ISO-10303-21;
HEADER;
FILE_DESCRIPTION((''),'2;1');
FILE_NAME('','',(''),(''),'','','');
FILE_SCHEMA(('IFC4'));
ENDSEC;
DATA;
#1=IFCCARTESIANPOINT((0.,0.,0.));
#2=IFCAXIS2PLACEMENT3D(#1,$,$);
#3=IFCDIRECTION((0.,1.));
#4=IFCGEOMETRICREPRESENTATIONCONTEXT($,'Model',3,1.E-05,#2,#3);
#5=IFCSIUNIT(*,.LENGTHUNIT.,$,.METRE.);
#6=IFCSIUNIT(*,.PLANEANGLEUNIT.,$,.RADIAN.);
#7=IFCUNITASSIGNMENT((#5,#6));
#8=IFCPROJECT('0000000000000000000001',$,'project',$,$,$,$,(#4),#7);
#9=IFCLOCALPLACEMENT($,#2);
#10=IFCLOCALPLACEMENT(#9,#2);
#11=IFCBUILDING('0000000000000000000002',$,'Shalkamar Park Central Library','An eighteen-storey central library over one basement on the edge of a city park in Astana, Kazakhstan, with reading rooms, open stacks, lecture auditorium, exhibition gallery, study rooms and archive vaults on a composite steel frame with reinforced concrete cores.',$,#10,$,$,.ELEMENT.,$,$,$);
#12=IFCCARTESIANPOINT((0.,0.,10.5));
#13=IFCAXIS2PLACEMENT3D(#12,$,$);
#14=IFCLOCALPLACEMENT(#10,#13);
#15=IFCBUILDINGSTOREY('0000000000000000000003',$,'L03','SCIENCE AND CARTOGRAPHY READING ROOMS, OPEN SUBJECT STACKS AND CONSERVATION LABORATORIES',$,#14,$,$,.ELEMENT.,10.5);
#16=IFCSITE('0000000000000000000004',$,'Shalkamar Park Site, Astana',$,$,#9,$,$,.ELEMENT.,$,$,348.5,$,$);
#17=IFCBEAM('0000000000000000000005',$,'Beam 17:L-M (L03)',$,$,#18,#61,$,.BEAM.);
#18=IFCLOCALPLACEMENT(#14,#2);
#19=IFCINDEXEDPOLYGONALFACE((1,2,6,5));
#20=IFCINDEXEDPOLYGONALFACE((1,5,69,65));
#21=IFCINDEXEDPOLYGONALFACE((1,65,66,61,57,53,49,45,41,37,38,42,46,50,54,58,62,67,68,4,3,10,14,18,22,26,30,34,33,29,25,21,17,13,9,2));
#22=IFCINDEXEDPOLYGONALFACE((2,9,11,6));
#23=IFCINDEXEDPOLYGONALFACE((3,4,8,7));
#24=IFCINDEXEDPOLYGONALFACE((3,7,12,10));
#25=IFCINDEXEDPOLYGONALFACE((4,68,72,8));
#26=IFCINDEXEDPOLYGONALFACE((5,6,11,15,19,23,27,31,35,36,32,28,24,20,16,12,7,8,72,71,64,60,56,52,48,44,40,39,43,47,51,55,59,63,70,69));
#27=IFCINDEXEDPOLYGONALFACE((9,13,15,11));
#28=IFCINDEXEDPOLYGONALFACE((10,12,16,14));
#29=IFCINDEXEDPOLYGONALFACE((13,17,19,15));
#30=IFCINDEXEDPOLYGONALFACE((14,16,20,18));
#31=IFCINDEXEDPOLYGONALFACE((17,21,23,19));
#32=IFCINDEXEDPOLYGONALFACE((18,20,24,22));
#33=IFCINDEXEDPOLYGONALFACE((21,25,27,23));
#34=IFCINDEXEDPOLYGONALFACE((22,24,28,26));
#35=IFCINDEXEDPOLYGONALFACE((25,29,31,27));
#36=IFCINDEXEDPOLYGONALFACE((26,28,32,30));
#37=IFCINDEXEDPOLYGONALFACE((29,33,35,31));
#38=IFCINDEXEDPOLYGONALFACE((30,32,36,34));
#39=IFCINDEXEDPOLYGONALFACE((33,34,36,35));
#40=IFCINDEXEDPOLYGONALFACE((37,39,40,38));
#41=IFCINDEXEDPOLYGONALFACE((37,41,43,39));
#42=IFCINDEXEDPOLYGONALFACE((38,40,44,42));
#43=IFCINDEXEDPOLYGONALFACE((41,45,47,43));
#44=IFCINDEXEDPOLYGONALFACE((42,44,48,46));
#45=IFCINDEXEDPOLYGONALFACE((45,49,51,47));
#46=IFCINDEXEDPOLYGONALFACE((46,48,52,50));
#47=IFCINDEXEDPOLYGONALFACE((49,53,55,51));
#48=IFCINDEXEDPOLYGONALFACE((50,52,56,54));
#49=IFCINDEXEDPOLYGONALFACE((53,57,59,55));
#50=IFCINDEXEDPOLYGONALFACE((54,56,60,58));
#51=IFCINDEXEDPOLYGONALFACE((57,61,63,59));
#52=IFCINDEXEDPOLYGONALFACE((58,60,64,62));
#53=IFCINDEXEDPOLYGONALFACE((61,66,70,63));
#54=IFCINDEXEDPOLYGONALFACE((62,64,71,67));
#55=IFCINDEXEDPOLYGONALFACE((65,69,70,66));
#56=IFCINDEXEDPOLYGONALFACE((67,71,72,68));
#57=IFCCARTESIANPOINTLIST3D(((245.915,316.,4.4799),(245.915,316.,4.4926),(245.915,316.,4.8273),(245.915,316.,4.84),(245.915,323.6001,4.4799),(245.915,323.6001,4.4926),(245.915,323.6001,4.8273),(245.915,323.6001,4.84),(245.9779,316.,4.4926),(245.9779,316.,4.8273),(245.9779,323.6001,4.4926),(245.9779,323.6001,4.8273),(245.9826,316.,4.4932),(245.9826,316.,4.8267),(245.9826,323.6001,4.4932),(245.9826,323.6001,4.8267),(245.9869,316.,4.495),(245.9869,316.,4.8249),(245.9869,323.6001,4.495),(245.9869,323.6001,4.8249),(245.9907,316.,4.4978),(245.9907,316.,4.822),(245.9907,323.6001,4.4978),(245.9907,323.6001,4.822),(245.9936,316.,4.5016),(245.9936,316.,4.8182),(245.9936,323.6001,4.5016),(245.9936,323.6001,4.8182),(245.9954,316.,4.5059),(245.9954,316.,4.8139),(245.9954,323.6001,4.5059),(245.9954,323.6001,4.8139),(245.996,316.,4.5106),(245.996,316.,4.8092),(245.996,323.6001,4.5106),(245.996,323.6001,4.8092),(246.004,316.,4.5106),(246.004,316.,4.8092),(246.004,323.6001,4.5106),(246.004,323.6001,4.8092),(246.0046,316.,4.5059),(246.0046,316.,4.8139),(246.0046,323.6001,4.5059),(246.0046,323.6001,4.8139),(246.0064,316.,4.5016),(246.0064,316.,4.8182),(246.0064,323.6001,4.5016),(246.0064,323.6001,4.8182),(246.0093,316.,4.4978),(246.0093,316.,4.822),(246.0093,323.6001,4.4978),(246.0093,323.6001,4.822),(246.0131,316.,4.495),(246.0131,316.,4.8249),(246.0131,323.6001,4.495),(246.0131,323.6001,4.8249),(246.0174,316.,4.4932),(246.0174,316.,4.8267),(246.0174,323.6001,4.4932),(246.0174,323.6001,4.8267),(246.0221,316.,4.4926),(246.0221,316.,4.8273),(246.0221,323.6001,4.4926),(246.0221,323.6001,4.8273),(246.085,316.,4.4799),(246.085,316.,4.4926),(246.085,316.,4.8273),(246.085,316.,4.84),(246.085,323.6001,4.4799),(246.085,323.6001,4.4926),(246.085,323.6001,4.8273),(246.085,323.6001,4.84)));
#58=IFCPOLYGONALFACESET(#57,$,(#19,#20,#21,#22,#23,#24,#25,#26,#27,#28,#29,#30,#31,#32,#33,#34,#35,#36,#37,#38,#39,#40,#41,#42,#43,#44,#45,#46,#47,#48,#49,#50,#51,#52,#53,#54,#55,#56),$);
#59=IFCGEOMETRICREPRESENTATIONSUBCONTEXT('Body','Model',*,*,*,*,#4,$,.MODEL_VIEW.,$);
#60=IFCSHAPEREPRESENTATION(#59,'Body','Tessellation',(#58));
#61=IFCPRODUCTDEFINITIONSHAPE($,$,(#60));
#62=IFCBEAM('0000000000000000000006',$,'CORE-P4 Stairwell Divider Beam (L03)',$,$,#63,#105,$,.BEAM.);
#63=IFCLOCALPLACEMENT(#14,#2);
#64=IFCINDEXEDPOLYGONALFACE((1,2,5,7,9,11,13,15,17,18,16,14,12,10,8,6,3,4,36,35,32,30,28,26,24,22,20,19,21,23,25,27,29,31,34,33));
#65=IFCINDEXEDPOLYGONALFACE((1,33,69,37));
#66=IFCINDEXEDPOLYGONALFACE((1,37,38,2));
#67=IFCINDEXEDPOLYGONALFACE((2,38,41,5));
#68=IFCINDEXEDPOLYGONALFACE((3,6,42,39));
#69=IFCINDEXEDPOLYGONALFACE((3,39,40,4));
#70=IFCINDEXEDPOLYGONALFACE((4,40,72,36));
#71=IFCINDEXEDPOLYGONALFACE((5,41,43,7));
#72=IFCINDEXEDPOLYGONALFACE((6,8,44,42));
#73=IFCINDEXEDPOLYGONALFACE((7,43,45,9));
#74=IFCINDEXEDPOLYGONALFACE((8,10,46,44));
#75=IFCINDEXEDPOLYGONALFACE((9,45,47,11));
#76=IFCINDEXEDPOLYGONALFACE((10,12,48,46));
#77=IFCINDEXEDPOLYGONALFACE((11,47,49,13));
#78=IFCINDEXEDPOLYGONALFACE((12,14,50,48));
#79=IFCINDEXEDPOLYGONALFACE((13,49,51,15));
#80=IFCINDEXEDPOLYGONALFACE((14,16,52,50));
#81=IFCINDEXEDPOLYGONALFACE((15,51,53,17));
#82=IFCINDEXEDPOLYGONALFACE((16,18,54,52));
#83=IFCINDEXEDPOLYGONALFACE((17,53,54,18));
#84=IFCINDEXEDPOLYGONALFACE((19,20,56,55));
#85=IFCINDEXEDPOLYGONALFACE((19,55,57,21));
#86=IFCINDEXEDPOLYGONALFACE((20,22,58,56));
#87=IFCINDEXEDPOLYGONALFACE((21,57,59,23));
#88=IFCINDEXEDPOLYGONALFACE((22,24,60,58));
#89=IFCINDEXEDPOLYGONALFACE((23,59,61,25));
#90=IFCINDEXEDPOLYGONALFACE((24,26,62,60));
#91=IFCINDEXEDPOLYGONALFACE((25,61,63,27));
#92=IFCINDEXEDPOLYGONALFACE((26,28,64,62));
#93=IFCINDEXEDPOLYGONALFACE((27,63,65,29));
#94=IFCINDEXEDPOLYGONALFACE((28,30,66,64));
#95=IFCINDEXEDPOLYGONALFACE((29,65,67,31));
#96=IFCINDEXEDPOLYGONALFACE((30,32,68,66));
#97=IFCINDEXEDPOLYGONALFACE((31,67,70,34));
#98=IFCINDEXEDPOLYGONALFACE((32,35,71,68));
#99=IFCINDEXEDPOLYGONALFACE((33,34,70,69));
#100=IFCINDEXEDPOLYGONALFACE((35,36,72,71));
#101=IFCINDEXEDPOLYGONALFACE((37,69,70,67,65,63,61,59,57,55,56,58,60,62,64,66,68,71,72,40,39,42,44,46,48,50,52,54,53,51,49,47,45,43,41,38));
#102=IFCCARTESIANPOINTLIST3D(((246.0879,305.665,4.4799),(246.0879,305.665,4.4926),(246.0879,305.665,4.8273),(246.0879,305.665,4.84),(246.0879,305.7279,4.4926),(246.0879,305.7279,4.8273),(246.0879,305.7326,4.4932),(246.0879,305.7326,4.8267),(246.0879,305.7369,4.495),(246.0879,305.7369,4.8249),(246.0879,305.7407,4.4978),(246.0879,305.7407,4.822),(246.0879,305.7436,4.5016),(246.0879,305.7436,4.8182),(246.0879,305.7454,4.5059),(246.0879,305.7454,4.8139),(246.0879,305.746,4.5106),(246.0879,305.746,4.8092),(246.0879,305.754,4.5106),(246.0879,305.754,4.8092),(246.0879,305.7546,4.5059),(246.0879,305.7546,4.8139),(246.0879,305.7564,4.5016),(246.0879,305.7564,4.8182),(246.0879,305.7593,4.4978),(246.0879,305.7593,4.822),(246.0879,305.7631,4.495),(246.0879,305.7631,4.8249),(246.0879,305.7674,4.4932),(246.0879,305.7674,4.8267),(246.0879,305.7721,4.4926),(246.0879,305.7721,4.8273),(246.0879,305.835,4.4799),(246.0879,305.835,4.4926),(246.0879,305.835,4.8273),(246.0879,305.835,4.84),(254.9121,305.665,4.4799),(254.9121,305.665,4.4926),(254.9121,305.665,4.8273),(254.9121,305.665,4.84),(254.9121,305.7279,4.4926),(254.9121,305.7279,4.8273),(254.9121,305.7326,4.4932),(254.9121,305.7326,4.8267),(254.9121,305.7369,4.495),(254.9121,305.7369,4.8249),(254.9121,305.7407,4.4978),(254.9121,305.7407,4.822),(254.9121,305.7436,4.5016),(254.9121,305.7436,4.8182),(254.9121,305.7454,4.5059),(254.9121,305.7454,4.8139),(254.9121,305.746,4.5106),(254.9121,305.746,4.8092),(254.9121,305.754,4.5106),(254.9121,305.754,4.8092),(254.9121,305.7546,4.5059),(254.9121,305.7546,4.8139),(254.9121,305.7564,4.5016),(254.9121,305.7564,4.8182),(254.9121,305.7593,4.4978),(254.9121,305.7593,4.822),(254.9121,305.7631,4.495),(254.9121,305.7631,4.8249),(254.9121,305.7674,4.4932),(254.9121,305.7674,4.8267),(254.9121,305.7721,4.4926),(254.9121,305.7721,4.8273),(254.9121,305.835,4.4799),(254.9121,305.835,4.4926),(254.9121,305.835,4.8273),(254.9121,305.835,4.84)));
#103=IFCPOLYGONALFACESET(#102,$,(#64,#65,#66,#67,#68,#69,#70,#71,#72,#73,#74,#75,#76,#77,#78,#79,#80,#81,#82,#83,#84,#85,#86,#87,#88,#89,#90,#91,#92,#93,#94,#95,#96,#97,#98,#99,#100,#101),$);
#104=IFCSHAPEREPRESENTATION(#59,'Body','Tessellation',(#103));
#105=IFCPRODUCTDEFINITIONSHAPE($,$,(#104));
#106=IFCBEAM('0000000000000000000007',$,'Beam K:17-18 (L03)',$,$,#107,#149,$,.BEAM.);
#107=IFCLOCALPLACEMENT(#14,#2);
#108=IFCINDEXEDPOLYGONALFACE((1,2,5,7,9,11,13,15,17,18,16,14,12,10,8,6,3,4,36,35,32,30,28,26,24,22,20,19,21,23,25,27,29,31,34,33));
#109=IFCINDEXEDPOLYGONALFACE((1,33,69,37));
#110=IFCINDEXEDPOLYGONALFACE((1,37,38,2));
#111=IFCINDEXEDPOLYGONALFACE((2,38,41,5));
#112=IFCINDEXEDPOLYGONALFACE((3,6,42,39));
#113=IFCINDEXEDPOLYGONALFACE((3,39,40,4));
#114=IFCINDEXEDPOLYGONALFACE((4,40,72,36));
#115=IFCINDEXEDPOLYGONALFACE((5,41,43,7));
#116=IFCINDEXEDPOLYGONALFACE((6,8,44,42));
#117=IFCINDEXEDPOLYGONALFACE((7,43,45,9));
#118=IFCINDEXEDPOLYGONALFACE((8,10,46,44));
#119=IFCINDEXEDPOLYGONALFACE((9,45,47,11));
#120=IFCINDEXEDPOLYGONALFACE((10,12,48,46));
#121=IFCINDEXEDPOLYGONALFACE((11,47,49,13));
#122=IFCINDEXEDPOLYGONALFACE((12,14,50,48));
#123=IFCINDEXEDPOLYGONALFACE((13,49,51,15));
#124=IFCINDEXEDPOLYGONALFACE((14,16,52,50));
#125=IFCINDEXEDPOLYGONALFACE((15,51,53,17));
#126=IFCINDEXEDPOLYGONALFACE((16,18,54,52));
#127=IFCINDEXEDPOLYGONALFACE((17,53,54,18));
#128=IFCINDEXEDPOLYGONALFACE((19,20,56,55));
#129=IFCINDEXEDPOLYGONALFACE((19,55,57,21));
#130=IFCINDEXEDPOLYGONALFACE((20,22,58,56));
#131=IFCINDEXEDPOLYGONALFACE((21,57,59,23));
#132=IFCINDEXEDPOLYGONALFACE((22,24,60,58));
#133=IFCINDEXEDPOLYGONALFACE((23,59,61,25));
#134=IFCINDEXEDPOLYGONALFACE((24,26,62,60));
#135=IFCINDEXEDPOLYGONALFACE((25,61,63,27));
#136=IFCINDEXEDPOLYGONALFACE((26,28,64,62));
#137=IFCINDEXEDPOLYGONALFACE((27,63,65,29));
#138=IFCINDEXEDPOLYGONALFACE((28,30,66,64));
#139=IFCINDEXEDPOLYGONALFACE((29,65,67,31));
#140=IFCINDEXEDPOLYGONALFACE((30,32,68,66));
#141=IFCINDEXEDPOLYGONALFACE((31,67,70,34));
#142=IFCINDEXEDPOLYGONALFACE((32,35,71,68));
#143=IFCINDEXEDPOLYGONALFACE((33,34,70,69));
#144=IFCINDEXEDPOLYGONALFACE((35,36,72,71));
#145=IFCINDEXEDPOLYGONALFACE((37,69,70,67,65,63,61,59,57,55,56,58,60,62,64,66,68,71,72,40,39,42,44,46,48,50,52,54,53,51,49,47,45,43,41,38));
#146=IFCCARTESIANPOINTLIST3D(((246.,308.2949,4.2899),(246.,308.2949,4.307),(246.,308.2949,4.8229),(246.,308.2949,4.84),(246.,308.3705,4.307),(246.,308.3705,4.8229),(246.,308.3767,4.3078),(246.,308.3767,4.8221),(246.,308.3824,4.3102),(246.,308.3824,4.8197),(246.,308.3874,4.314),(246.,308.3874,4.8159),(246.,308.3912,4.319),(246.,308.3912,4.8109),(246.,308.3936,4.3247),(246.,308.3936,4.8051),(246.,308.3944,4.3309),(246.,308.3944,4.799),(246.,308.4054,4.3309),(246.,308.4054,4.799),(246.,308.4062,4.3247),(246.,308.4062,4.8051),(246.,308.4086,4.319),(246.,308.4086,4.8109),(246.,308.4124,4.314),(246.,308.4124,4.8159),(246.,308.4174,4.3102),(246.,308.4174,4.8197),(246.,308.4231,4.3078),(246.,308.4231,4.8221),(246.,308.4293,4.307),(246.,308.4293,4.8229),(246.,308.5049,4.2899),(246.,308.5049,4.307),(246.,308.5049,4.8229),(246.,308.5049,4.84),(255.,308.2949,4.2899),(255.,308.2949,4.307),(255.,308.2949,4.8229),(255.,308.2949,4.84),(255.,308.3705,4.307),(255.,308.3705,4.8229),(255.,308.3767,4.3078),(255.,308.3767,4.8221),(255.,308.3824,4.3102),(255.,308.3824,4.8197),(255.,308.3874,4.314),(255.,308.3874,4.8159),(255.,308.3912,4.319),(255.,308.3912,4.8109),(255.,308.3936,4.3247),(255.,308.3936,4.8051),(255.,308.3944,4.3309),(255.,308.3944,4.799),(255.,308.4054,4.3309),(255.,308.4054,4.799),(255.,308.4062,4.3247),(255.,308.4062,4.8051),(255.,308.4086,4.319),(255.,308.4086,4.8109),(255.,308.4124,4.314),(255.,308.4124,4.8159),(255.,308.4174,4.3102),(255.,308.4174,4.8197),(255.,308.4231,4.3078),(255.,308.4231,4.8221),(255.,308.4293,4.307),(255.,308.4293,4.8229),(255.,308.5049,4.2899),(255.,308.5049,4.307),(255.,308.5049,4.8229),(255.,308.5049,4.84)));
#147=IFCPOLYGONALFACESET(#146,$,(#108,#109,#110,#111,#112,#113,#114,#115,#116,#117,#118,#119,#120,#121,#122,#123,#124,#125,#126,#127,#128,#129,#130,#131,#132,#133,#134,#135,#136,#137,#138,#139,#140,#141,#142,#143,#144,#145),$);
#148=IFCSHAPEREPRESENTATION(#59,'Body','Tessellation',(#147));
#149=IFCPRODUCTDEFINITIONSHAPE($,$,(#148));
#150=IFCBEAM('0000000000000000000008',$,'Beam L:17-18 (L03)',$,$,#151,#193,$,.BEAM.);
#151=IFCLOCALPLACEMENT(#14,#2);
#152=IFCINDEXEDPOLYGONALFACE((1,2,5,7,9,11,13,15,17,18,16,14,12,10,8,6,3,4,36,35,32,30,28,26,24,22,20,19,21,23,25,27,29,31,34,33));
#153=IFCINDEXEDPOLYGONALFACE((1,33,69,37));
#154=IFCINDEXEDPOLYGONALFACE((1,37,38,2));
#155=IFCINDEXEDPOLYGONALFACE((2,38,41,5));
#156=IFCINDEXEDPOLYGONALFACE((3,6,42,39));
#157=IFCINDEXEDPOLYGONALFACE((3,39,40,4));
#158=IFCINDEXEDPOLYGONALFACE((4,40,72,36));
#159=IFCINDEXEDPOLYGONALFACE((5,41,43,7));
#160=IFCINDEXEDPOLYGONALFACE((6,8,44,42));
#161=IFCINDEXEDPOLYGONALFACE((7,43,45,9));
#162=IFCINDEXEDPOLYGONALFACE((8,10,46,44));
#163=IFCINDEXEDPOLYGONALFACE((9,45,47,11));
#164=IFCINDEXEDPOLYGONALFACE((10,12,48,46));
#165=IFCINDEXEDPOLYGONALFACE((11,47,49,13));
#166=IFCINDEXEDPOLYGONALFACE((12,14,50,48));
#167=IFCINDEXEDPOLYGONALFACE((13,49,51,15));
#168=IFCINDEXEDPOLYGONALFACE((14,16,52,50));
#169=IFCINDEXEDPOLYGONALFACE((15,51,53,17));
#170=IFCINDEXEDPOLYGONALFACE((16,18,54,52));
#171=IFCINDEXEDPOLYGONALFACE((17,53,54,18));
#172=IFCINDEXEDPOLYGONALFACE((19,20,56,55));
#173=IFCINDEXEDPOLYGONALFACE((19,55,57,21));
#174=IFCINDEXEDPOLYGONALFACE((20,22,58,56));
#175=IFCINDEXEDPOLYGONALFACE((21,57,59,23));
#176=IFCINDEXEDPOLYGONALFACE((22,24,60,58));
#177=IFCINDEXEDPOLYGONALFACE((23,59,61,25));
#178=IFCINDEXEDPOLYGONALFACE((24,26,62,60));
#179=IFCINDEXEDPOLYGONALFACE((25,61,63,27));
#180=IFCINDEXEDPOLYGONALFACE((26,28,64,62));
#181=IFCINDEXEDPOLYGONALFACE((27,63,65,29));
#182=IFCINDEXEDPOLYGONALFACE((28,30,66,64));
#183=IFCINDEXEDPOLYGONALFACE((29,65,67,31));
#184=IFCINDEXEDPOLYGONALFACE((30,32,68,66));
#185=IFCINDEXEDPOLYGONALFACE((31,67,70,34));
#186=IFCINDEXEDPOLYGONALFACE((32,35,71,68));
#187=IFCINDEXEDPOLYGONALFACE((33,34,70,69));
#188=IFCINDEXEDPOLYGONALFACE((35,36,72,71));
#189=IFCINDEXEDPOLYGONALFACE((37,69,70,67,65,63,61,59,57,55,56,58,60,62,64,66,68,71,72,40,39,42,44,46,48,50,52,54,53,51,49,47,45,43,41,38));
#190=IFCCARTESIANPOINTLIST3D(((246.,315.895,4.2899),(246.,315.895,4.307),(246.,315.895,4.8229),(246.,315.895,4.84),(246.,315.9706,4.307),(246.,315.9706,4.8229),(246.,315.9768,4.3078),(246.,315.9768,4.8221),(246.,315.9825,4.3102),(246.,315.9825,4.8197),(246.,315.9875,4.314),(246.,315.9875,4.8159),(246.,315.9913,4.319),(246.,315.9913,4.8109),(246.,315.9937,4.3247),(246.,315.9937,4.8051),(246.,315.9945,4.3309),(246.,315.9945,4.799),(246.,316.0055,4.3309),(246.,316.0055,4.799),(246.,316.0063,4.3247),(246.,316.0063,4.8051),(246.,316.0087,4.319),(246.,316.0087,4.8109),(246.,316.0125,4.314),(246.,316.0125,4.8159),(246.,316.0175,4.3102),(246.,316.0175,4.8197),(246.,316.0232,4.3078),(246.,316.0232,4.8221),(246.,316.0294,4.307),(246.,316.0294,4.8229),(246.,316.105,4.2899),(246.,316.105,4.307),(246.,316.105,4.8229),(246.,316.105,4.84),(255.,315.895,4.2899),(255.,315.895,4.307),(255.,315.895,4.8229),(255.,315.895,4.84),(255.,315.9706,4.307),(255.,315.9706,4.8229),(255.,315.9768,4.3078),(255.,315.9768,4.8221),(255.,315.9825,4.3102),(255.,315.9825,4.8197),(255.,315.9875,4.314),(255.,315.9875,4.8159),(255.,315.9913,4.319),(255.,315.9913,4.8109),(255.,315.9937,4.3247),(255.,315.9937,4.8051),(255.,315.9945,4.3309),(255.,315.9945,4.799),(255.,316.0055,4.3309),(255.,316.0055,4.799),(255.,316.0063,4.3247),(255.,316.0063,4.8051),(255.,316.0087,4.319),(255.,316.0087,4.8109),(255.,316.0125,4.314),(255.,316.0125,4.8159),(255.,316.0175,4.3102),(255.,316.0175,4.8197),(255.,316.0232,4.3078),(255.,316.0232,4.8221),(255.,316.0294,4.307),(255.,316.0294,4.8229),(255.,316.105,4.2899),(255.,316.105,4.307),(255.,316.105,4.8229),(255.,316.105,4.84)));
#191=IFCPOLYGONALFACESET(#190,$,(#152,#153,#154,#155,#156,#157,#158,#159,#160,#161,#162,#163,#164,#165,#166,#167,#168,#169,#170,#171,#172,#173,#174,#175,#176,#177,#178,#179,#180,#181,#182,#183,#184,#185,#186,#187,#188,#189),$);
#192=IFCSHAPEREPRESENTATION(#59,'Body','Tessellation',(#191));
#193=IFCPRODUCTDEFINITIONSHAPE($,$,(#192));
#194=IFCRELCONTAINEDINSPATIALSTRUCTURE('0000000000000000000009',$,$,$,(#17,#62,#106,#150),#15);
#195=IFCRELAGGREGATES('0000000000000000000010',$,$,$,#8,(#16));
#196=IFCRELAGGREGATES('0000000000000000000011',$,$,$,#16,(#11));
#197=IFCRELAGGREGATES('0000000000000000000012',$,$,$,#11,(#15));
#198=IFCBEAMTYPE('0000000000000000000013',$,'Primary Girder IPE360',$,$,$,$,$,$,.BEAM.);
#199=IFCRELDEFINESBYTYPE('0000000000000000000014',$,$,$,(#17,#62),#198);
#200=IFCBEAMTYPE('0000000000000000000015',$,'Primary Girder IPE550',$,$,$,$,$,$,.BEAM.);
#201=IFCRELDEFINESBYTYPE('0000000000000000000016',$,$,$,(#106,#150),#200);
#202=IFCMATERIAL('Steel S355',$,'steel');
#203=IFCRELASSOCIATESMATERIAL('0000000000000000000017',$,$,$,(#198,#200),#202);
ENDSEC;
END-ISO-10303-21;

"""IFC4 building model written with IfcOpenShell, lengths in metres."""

from ifc_helpers import new_model, si_unit, direction, frame, origin, origin_2d, place, context, subcontext, project, spatial, i_section, extrude, material, material_profile, profile_set, type_object, element, save


model = new_model("IFC4")

# Units and contexts
model_context = context("Model", 3, precision=1e-05, world=origin(), true_north=direction((0.0, 1.0)))
body_context = subcontext(model_context, "Body", "Model", "MODEL_VIEW")
ifc_project = project(units=[si_unit("LENGTHUNIT", "METRE"), si_unit("PLANEANGLEUNIT", "RADIAN")], contexts=[model_context])

# Site, building, storey
site_placement = place(None, origin())
site = spatial("IfcSite", under=ifc_project, at=site_placement, Name="Shalkamar Park Site, Astana", CompositionType="ELEMENT", RefElevation=348.5)
building_placement = place(site_placement, origin())
building = spatial("IfcBuilding", under=site, at=building_placement, Name="Shalkamar Park Central Library", Description="An eighteen-storey central library over one basement on the edge of a city park in Astana, Kazakhstan, with reading rooms, open stacks, lecture auditorium, exhibition gallery, study rooms and archive vaults on a composite steel frame with reinforced concrete cores.", CompositionType="ELEMENT")
storey_placement = place(building_placement, frame((0.0, 0.0, 10.5)))
storey = spatial("IfcBuildingStorey", under=building, at=storey_placement, Name="L03", Description="SCIENCE AND CARTOGRAPHY READING ROOMS, OPEN SUBJECT STACKS AND CONSERVATION LABORATORIES", CompositionType="ELEMENT", Elevation=10.5)

# Shared definitions
ifc_material_1 = material(Name="Steel S355", Category="steel")

# Beams
ifc_material_profile_1 = material_profile(ifc_material_1, i_section(OverallWidth=0.1699, OverallDepth=0.3601, WebThickness=0.0081, FlangeThickness=0.0127, FilletRadius=0.0181, at=origin_2d()), Name="IPE 360")
ifc_profile_set_1 = profile_set([ifc_material_profile_1], Name="Steel S355")
beam_type_1 = type_object("IfcBeamType", Name="Primary Girder IPE360", PredefinedType="BEAM", material=ifc_profile_set_1)
for number, where, z_axis, x_axis, name in (
    (1, (246.0, 316.0, 4.6599), (0.0, 1.0, 0.0), (-1.0, 0.0, 0.0), "Beam 17:L-M (L03)"),
):
    element("IfcBeam", number, at=place(storey_placement, frame(where, z_axis=z_axis, x_axis=x_axis)), inside=storey, type_object=beam_type_1, Name=name, PredefinedType="BEAM", context=body_context, shape_type="SweptSolid", body=[
        extrude(i_section(OverallWidth=0.1699, OverallDepth=0.3601, WebThickness=0.0081, FlangeThickness=0.0127, FilletRadius=0.0181, at=origin_2d()), origin(), (0.0, 0.0, 1.0), 7.6001),
    ])
beam_1_placement = place(storey_placement, frame((246.0879, 305.75, 4.6599), z_axis=(1.0, 0.0, 0.0), x_axis=(0.0, 1.0, 0.0)))
element("IfcBeam", 2, at=beam_1_placement, inside=storey, type_object=beam_type_1, Name="CORE-P4 Stairwell Divider Beam (L03)", PredefinedType="BEAM", context=body_context, shape_type="SweptSolid", body=[
    extrude(i_section(OverallWidth=0.1699, OverallDepth=0.3601, WebThickness=0.0081, FlangeThickness=0.0127, FilletRadius=0.0181, at=origin_2d()), origin(), (0.0, 0.0, 1.0), 8.8242),
])
ifc_material_profile_2 = material_profile(ifc_material_1, i_section(OverallWidth=0.21, OverallDepth=0.55, WebThickness=0.011, FlangeThickness=0.0171, FilletRadius=0.0239, at=origin_2d()), Name="IPE 550")
ifc_profile_set_2 = profile_set([ifc_material_profile_2], Name="Steel S355")
beam_type_2 = type_object("IfcBeamType", Name="Primary Girder IPE550", PredefinedType="BEAM", material=ifc_profile_set_2)
for number, where, z_axis, x_axis, name in (
    (3, (246.0, 308.3999, 4.5649), (1.0, 0.0, 0.0), (0.0, 1.0, 0.0), "Beam K:17-18 (L03)"),
    (4, (246.0, 316.0, 4.5649), (1.0, 0.0, 0.0), (0.0, 1.0, 0.0), "Beam L:17-18 (L03)"),
):
    element("IfcBeam", number, at=place(storey_placement, frame(where, z_axis=z_axis, x_axis=x_axis)), inside=storey, type_object=beam_type_2, Name=name, PredefinedType="BEAM", context=body_context, shape_type="SweptSolid", body=[
        extrude(i_section(OverallWidth=0.21, OverallDepth=0.55, WebThickness=0.011, FlangeThickness=0.0171, FilletRadius=0.0239, at=origin_2d()), origin(), (0.0, 0.0, 1.0), 9.0),
    ])

save(model, "model.ifc")
